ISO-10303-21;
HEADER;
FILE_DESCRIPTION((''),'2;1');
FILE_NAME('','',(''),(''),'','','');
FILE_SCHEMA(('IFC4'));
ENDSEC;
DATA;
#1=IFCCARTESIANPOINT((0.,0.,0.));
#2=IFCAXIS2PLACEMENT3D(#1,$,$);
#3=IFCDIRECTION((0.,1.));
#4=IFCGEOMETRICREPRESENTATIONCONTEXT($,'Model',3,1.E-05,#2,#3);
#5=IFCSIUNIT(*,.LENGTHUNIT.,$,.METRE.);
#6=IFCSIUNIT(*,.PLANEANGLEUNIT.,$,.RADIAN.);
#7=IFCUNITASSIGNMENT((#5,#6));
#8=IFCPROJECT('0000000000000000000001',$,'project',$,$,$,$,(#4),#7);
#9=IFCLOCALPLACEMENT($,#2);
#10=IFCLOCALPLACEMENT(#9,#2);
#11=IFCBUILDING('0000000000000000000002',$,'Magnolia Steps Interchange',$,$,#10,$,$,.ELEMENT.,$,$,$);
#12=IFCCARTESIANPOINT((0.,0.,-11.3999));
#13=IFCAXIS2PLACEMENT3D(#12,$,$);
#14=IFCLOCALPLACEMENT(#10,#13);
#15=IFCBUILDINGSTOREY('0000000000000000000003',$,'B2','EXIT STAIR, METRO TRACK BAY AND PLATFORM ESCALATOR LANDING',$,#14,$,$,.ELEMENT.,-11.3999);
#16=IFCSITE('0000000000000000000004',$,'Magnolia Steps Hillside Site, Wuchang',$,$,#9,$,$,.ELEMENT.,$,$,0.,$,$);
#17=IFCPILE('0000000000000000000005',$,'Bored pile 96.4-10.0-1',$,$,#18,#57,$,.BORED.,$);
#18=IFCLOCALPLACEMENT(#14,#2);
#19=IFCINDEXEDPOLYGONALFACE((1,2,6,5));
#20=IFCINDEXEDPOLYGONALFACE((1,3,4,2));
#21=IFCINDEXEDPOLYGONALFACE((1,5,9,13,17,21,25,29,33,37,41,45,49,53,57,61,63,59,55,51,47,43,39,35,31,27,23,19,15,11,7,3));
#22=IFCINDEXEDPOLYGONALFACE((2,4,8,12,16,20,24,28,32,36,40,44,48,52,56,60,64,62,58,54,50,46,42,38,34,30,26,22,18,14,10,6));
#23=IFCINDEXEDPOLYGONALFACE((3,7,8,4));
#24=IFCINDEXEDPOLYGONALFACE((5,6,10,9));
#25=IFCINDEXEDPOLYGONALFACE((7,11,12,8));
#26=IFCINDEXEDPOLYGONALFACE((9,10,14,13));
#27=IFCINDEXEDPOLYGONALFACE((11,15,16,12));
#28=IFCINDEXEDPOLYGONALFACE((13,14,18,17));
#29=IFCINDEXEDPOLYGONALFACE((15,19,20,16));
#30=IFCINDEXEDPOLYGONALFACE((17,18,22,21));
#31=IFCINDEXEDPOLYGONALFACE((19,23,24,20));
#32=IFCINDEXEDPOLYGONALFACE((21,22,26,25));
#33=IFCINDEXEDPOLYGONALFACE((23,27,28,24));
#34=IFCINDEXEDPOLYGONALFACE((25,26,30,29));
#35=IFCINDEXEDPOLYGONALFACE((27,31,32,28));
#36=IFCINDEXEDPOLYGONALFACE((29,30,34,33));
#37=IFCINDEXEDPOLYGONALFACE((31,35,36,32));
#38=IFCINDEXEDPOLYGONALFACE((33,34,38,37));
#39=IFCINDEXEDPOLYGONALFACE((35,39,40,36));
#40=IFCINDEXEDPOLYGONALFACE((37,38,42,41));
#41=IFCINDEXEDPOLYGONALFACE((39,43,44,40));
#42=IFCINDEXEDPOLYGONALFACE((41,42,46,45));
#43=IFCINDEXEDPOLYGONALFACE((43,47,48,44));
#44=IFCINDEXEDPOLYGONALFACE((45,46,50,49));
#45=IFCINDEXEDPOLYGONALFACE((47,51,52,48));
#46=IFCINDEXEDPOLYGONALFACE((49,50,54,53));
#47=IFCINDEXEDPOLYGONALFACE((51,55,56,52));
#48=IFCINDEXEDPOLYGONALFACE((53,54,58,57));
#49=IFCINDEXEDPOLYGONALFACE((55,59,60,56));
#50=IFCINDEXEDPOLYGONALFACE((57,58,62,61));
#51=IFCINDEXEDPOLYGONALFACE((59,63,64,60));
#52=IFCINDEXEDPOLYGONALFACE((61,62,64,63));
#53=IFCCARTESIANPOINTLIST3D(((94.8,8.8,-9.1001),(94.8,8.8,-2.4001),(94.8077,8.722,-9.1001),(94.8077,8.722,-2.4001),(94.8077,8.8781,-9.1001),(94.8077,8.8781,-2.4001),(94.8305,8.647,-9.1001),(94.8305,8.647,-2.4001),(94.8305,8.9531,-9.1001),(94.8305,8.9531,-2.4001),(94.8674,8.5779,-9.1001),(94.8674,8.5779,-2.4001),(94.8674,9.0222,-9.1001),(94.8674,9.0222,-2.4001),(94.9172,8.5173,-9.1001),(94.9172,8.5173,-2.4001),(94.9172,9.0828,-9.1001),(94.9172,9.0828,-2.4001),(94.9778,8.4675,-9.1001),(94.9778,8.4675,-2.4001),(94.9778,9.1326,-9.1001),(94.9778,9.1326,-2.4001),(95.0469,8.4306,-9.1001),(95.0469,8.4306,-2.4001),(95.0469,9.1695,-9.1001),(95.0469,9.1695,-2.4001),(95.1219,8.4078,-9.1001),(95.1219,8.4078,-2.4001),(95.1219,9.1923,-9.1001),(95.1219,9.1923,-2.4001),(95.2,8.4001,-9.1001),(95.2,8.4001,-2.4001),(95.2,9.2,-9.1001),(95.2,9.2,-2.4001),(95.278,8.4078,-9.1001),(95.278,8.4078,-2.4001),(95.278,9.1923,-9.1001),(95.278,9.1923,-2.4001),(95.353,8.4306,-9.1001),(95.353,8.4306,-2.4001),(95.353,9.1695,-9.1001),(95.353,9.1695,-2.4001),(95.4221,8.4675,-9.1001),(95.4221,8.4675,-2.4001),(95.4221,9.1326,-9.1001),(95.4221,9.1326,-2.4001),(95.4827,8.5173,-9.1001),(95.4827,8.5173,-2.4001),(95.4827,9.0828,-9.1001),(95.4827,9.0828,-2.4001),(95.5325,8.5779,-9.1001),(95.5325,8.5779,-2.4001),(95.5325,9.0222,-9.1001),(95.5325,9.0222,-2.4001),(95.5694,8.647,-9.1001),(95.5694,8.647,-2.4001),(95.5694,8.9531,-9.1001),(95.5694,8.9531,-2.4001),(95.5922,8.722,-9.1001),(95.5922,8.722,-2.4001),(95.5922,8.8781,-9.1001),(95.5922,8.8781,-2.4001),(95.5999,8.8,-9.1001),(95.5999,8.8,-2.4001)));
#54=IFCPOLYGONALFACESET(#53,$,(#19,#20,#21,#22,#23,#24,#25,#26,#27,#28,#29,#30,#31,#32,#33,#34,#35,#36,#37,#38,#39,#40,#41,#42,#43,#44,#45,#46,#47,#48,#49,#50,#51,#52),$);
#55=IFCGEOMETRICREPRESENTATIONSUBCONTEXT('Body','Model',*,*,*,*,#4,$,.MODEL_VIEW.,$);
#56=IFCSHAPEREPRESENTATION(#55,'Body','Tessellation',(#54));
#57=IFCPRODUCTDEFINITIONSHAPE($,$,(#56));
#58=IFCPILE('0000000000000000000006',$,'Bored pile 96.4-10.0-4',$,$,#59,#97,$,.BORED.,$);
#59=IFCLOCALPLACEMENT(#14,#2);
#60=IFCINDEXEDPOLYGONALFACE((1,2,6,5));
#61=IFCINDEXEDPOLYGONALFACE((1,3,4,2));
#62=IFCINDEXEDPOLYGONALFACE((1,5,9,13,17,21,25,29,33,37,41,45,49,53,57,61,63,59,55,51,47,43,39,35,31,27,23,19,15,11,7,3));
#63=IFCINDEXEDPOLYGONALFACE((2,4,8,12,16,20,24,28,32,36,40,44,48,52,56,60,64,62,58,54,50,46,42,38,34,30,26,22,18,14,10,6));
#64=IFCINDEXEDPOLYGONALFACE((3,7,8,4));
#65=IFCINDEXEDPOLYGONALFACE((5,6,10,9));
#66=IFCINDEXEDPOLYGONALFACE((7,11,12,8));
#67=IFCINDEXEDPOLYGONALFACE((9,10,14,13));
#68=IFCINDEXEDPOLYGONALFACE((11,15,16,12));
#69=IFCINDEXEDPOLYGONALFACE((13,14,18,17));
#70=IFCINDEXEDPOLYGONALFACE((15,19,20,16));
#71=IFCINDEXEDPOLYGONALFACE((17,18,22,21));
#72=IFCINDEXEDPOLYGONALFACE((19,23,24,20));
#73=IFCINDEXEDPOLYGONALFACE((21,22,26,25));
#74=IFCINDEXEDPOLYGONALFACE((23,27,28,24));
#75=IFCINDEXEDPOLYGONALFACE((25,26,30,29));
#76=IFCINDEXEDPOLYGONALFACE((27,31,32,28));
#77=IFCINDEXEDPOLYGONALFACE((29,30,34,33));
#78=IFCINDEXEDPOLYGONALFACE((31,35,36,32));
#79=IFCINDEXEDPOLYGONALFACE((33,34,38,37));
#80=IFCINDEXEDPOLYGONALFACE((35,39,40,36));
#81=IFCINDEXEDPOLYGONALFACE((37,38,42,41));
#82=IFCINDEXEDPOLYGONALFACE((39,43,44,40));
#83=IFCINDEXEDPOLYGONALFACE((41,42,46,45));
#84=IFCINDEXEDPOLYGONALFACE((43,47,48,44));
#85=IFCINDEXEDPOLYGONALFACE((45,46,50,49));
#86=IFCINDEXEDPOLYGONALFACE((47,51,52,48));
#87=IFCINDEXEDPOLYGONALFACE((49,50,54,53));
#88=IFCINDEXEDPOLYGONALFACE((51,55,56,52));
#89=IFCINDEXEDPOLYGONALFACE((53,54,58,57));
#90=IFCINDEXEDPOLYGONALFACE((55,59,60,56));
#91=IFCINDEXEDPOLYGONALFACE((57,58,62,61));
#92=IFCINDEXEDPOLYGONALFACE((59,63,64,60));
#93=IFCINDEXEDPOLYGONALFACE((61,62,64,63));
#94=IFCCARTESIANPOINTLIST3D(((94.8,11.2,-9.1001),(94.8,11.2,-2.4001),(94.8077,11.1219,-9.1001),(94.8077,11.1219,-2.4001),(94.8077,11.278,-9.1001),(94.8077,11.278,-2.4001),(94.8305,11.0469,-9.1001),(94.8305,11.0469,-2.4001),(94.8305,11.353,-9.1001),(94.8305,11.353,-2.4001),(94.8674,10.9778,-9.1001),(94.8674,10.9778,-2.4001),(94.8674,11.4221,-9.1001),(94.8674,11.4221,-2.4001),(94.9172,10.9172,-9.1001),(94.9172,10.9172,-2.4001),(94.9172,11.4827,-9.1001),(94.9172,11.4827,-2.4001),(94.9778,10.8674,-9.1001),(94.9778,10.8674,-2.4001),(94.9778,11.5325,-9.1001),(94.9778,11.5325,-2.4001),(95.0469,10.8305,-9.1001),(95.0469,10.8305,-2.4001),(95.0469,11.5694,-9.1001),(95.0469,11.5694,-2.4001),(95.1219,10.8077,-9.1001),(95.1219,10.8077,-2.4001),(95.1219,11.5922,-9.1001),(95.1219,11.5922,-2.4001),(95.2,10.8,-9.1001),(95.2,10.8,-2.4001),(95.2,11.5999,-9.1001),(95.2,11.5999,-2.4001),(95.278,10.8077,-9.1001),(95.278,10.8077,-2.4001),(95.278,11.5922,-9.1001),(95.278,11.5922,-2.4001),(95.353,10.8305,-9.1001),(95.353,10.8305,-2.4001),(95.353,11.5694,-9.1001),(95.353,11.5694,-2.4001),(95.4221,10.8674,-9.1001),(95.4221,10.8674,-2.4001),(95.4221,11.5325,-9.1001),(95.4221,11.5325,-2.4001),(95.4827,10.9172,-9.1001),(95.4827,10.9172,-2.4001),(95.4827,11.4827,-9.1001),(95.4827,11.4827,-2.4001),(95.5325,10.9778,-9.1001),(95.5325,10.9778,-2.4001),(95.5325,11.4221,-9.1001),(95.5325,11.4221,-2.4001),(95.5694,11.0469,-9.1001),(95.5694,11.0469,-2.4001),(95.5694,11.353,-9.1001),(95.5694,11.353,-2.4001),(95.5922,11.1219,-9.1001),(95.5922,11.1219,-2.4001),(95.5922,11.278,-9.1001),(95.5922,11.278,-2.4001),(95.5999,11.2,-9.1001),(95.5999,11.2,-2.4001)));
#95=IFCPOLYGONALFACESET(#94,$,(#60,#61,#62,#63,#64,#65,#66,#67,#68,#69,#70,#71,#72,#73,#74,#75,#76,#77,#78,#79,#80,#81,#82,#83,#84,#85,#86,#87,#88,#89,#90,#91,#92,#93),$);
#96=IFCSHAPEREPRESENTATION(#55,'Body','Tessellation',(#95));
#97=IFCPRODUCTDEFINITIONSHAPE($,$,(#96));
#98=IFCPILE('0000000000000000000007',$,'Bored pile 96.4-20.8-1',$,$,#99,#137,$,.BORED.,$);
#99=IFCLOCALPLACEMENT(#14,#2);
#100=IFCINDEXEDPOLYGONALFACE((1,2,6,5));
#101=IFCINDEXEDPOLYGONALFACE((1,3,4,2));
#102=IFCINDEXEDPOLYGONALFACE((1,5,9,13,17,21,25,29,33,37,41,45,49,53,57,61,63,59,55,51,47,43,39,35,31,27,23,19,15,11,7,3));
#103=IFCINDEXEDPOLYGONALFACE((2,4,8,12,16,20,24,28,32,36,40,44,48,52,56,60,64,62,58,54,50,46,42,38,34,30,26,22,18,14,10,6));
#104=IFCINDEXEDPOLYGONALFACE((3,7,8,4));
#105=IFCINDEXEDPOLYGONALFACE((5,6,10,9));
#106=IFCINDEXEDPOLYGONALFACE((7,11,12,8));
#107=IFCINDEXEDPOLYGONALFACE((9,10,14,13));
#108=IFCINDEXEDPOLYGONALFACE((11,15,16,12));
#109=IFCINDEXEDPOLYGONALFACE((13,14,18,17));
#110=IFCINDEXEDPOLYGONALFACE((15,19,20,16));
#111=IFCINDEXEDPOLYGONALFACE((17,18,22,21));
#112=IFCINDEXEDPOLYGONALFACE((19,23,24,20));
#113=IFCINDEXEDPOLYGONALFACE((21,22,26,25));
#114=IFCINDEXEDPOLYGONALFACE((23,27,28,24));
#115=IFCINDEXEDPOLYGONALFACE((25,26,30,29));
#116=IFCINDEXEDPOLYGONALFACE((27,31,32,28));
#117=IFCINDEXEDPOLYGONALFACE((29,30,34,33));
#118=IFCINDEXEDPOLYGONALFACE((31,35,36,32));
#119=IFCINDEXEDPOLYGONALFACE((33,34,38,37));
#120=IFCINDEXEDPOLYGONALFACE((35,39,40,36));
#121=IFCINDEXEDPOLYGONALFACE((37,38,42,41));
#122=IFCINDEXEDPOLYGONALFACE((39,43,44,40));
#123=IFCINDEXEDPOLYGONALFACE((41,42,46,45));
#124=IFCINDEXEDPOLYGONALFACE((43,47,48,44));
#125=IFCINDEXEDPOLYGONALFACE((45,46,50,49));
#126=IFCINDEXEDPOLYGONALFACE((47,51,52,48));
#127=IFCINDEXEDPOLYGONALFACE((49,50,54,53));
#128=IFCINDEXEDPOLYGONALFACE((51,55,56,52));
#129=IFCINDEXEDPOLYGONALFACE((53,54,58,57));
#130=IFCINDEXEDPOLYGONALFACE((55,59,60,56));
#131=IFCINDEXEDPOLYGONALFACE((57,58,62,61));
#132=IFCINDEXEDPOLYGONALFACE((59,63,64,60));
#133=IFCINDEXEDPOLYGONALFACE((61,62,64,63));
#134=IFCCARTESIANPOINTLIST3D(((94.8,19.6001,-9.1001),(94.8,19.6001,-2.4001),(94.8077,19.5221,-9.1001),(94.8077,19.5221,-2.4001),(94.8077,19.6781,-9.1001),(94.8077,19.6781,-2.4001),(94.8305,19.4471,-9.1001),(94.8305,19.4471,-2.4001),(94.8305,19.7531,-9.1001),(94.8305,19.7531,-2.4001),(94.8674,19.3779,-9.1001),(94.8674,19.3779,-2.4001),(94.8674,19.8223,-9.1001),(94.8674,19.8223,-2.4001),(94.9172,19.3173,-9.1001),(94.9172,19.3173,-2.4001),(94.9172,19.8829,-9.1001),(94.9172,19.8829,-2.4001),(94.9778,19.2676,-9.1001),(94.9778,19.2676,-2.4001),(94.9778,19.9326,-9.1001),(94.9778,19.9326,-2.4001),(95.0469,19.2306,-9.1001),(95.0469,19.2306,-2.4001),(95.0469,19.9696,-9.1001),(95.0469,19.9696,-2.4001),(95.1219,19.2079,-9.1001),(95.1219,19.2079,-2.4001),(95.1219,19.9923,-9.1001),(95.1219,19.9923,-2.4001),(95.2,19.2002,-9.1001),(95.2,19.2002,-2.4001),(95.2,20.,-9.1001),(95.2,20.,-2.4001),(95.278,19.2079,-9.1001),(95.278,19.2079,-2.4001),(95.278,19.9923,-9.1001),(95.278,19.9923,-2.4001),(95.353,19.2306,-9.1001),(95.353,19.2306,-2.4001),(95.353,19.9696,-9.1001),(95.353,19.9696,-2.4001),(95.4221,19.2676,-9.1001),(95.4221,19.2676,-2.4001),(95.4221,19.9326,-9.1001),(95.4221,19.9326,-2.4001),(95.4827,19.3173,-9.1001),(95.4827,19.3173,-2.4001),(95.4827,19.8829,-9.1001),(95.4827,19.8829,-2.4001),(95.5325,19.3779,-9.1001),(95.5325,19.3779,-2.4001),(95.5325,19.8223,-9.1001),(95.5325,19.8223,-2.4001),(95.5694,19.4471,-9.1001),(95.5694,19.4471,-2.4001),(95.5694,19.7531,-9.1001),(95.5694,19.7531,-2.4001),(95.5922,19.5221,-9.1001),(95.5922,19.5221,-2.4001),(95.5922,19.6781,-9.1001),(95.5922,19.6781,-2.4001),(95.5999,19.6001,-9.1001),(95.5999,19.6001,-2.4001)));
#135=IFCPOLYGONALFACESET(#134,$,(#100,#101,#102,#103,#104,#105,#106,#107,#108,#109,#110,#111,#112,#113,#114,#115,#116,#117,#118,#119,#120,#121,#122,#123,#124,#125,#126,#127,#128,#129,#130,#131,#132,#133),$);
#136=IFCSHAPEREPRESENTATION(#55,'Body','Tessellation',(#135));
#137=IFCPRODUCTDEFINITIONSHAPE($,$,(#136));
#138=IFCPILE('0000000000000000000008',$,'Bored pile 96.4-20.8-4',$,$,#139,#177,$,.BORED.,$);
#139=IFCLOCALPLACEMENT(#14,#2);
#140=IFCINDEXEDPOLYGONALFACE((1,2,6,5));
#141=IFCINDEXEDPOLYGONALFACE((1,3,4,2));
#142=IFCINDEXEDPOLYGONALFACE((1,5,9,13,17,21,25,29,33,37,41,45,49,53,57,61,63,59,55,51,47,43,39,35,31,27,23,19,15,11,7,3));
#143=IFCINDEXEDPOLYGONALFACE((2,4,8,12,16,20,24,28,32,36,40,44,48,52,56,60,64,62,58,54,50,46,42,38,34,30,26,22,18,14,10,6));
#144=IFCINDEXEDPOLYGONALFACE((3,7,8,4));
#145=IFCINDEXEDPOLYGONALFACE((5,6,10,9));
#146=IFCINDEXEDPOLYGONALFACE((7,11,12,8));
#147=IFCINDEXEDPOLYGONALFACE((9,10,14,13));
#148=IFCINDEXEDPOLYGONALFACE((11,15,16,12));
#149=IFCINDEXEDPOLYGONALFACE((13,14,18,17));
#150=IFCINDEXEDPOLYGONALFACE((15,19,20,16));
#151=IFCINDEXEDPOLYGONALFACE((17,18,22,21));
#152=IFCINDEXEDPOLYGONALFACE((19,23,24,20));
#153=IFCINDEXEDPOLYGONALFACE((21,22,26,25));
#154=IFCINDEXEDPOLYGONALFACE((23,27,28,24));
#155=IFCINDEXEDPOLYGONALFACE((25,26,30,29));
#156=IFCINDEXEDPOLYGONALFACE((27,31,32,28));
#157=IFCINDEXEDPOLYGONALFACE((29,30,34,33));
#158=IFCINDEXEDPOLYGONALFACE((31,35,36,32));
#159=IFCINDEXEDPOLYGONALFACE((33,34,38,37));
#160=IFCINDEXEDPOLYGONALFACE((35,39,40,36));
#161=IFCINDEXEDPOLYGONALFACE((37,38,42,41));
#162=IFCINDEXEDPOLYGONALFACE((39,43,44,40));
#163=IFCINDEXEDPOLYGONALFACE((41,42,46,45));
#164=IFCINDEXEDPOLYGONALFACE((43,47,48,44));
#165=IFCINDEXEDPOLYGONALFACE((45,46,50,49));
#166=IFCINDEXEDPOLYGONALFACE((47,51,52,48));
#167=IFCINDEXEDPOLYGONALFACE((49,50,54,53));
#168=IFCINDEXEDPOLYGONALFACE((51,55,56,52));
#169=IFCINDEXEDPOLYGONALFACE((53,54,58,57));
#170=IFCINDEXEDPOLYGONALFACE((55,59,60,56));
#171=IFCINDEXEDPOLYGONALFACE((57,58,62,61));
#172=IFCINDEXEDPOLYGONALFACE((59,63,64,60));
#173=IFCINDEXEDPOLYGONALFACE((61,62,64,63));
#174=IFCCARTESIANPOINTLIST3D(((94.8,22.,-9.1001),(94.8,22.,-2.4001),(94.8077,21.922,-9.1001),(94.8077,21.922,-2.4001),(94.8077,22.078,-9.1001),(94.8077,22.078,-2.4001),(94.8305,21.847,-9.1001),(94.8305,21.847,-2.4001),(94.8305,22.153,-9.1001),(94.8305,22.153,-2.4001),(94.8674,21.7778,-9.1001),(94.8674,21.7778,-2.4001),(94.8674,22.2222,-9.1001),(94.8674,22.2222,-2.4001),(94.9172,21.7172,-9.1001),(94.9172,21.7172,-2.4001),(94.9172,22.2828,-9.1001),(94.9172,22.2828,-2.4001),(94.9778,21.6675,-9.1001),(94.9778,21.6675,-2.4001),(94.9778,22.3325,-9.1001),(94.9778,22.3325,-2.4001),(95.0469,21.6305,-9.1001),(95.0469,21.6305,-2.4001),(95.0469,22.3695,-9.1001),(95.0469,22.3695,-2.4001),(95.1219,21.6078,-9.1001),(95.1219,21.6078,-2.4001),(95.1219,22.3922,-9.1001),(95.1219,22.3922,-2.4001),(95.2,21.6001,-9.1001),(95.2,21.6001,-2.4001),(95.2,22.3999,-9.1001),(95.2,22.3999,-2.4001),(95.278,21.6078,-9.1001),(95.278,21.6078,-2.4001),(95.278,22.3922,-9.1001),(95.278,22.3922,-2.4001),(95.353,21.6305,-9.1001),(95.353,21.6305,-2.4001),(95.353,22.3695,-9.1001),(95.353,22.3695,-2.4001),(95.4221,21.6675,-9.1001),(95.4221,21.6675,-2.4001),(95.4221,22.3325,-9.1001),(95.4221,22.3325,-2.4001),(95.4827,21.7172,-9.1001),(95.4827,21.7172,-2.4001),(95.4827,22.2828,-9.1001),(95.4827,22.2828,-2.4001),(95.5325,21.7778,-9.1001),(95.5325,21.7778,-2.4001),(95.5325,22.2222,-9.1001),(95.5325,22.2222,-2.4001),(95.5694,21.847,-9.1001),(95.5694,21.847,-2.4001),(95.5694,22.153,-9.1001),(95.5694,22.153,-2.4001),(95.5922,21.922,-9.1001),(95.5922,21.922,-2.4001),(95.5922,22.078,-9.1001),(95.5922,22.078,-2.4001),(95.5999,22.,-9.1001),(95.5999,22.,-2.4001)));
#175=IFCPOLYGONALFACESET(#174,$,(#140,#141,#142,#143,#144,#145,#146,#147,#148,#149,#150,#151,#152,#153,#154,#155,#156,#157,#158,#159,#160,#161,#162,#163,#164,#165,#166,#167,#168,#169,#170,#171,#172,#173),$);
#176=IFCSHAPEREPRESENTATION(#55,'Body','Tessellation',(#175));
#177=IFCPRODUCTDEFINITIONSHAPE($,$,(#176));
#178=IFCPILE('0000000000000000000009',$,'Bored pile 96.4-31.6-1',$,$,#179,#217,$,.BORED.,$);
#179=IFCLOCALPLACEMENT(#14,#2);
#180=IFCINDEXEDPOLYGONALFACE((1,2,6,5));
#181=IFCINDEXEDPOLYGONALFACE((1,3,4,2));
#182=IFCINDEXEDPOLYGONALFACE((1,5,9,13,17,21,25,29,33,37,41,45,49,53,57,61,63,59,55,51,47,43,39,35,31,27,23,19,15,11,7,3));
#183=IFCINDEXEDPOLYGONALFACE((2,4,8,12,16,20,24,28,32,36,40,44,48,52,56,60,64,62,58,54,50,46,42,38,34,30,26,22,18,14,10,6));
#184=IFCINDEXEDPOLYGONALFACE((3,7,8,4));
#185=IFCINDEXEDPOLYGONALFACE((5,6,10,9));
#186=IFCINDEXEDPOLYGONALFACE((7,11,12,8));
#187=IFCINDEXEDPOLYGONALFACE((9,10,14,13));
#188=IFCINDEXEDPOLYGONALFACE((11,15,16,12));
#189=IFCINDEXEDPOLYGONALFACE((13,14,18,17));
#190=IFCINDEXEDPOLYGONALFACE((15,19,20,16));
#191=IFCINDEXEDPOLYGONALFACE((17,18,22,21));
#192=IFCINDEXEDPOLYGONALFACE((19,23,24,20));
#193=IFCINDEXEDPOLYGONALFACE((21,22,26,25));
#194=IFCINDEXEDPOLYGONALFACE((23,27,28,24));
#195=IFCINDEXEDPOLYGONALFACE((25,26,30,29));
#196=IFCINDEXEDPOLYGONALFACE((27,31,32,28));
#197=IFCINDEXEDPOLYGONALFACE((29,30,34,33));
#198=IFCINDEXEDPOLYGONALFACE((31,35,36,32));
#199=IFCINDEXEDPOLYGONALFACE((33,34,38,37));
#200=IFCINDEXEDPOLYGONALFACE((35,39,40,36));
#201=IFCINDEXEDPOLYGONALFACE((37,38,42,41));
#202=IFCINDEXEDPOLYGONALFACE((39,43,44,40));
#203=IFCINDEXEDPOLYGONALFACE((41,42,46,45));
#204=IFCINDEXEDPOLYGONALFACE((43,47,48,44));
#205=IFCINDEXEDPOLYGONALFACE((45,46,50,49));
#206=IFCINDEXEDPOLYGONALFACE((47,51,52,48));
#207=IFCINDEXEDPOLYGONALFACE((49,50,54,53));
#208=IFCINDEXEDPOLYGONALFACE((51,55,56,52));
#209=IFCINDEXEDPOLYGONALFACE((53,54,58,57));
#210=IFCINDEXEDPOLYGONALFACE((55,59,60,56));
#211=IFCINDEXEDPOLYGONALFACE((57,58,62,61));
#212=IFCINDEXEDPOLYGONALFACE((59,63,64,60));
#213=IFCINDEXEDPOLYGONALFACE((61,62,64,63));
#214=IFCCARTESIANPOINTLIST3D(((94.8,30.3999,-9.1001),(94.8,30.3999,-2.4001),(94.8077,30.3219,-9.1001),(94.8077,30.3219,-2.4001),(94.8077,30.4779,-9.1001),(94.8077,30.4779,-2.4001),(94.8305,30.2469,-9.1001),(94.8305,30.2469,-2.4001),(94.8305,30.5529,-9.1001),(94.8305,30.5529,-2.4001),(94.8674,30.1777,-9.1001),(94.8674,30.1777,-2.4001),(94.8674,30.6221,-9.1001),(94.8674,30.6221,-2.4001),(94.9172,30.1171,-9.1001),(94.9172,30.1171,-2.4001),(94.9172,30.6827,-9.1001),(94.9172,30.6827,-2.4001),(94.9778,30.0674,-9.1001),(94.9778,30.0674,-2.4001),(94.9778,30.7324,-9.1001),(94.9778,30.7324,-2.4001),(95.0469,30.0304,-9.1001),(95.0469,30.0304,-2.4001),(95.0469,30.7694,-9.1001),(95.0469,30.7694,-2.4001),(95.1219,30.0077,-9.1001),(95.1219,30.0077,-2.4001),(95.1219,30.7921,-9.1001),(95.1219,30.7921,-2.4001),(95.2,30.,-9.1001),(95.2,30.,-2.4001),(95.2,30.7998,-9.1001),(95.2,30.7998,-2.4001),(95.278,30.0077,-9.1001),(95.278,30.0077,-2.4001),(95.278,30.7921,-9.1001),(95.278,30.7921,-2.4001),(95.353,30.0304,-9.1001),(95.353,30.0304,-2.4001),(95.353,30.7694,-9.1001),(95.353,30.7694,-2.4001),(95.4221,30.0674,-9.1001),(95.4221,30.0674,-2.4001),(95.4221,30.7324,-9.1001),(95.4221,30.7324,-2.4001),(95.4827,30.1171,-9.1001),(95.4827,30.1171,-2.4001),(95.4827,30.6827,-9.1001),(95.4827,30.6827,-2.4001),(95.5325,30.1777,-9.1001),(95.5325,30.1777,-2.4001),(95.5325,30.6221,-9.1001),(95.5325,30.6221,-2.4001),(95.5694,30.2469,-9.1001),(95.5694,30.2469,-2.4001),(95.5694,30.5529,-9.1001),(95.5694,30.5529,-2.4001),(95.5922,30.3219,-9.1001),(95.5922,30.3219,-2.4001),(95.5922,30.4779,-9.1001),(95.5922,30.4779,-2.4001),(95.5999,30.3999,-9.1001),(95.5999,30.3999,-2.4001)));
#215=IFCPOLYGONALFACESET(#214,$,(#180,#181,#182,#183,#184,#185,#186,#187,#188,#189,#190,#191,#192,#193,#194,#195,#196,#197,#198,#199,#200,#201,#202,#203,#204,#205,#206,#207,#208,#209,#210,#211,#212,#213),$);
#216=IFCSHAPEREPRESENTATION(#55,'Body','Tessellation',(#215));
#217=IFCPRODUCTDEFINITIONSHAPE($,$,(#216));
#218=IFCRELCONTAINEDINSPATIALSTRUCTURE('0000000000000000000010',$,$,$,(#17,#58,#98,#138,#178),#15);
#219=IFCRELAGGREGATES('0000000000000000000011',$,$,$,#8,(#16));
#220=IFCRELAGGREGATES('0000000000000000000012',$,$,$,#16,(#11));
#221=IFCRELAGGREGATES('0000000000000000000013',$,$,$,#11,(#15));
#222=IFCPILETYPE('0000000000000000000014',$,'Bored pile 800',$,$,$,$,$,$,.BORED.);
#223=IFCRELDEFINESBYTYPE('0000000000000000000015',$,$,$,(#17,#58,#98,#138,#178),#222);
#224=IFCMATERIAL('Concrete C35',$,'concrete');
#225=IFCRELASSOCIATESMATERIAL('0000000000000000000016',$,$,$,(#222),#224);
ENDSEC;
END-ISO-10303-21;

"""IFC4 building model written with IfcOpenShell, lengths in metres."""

from ifc_helpers import new_model, si_unit, direction, frame, origin, origin_2d, place, context, subcontext, project, spatial, circle, extrude, material, material_profile, profile_set, type_object, element, save


model = new_model("IFC4")

# Units and contexts
model_context = context("Model", 3, precision=1e-05, world=origin(), true_north=direction((0.0, 1.0)))
body_context = subcontext(model_context, "Body", "Model", "MODEL_VIEW")
ifc_project = project(units=[si_unit("LENGTHUNIT", "METRE"), si_unit("PLANEANGLEUNIT", "RADIAN")], contexts=[model_context])

# Site, building, storey
site_placement = place(None, origin())
site = spatial("IfcSite", under=ifc_project, at=site_placement, Name="Magnolia Steps Hillside Site, Wuchang", CompositionType="ELEMENT", RefElevation=0.0)
building_placement = place(site_placement, origin())
building = spatial("IfcBuilding", under=site, at=building_placement, Name="Magnolia Steps Interchange", CompositionType="ELEMENT")
storey_placement = place(building_placement, frame((0.0, 0.0, -11.3999)))
storey = spatial("IfcBuildingStorey", under=building, at=storey_placement, Name="B2", Description="EXIT STAIR, METRO TRACK BAY AND PLATFORM ESCALATOR LANDING", CompositionType="ELEMENT", Elevation=-11.3999)

# Piles
ifc_material_1 = material(Name="Concrete C35", Category="concrete")
ifc_material_profile_1 = material_profile(ifc_material_1, circle(Radius=0.3999, at=origin_2d()), Name="Bored pile 800")
ifc_profile_set_1 = profile_set([ifc_material_profile_1], Name="Concrete C35")
pile_type = type_object("IfcPileType", Name="Bored pile 800", PredefinedType="BORED", material=ifc_profile_set_1)
for number, where, z_axis, x_axis, name in (
    (1, (95.2, 8.8, -2.4001), (0.0, 0.0, -1.0), (1.0, 0.0, 0.0), "Bored pile 96.4-10.0-1"),
    (2, (95.2, 11.2, -2.4001), (0.0, 0.0, -1.0), (1.0, 0.0, 0.0), "Bored pile 96.4-10.0-4"),
    (3, (95.2, 19.6001, -2.4001), (0.0, 0.0, -1.0), (1.0, 0.0, 0.0), "Bored pile 96.4-20.8-1"),
    (4, (95.2, 22.0, -2.4001), (0.0, 0.0, -1.0), (1.0, 0.0, 0.0), "Bored pile 96.4-20.8-4"),
    (5, (95.2, 30.3999, -2.4001), (0.0, 0.0, -1.0), (1.0, 0.0, 0.0), "Bored pile 96.4-31.6-1"),
):
    element("IfcPile", number, at=place(storey_placement, frame(where, z_axis=z_axis, x_axis=x_axis)), inside=storey, type_object=pile_type, Name=name, PredefinedType="BORED", context=body_context, shape_type="SweptSolid", body=[
        extrude(circle(Radius=0.3999, at=origin_2d()), origin(), (0.0, 0.0, 1.0), 6.7),
    ])

save(model, "model.ifc")
